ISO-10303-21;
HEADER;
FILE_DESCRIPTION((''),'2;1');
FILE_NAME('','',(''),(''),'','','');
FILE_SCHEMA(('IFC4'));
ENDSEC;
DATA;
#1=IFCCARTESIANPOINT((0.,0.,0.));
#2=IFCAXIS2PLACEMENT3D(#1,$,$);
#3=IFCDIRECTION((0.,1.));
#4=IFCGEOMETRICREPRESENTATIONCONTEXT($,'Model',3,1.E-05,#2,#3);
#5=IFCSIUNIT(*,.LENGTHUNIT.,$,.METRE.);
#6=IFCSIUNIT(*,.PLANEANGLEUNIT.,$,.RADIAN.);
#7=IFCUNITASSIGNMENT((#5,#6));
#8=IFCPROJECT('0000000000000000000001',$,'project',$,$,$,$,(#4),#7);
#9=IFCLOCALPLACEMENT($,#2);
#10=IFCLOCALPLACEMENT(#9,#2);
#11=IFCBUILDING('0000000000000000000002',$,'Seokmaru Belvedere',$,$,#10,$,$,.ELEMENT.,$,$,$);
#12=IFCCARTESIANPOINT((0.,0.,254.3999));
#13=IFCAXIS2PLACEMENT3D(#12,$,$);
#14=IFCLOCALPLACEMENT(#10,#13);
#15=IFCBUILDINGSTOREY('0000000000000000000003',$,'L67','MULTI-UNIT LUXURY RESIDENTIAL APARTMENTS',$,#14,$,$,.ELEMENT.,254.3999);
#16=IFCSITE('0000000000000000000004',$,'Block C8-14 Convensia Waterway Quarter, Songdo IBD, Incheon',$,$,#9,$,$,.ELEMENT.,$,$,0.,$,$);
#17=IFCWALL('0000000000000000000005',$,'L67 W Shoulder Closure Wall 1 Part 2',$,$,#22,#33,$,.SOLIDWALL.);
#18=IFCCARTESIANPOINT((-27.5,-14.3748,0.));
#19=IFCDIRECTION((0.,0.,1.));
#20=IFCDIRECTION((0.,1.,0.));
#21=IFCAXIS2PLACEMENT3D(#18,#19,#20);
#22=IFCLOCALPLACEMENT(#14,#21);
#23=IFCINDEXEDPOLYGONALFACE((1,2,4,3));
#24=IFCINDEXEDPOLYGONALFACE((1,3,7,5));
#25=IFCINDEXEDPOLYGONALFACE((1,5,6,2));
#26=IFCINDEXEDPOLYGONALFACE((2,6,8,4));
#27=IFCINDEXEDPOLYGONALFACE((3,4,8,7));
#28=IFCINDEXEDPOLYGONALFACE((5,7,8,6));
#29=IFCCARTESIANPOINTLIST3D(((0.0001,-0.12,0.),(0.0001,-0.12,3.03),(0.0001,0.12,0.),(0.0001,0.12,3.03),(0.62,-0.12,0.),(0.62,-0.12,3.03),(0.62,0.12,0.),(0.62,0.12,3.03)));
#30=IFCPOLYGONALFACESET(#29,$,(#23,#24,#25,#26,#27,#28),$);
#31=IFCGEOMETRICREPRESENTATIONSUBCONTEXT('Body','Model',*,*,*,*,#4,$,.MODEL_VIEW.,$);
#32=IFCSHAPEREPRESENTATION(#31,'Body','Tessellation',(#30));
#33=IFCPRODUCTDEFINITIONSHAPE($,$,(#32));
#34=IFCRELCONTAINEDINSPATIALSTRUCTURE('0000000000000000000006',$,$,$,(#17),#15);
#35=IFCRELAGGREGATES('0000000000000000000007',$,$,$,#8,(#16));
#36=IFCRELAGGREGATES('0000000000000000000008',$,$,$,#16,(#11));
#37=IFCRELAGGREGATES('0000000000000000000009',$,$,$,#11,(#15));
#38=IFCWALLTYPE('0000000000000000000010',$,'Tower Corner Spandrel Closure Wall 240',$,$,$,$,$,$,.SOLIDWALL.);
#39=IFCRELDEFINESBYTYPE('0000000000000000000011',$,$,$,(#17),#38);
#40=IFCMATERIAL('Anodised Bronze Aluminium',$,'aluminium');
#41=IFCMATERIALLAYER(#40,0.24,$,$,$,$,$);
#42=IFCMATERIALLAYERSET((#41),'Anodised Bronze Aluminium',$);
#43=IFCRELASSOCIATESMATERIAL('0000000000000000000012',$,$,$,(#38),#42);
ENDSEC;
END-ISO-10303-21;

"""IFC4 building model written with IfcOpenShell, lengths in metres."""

from ifc_helpers import new_model, si_unit, direction, frame, frame_2d, origin, place, context, subcontext, project, spatial, rectangle, extrude, material, layer, layer_set, type_object, element, save


model = new_model("IFC4")

# Units and contexts
model_context = context("Model", 3, precision=1e-05, world=origin(), true_north=direction((0.0, 1.0)))
body_context = subcontext(model_context, "Body", "Model", "MODEL_VIEW")
ifc_project = project(units=[si_unit("LENGTHUNIT", "METRE"), si_unit("PLANEANGLEUNIT", "RADIAN")], contexts=[model_context])

# Site, building, storey
site_placement = place(None, origin())
site = spatial("IfcSite", under=ifc_project, at=site_placement, Name="Block C8-14 Convensia Waterway Quarter, Songdo IBD, Incheon", CompositionType="ELEMENT", RefElevation=0.0)
building_placement = place(site_placement, origin())
building = spatial("IfcBuilding", under=site, at=building_placement, Name="Seokmaru Belvedere", CompositionType="ELEMENT")
storey_placement = place(building_placement, frame((0.0, 0.0, 254.3999)))
storey = spatial("IfcBuildingStorey", under=building, at=storey_placement, Name="L67", Description="MULTI-UNIT LUXURY RESIDENTIAL APARTMENTS", CompositionType="ELEMENT", Elevation=254.3999)

# Shared definitions
ifc_material_1 = material(Name="Anodised Bronze Aluminium", Category="aluminium")

# Wall
ifc_layer_1 = layer(ifc_material_1, 0.24)
ifc_layer_set_1 = layer_set([ifc_layer_1], Name="Anodised Bronze Aluminium")
wall_type_1 = type_object("IfcWallType", Name="Tower Corner Spandrel Closure Wall 240", PredefinedType="SOLIDWALL", material=ifc_layer_set_1)
wall_1_placement = place(storey_placement, frame((-27.5, -14.3748, 0.0), z_axis=(0.0, 0.0, 1.0), x_axis=(0.0, 1.0, 0.0)))
element("IfcWall", 1, at=wall_1_placement, inside=storey, type_object=wall_type_1, Name="L67 W Shoulder Closure Wall 1 Part 2", PredefinedType="SOLIDWALL", context=body_context, shape_type="SweptSolid", body=[
    extrude(rectangle(XDim=0.6199, YDim=0.24, at=frame_2d((0.3101, 0.0))), origin(), (0.0, 0.0, 1.0), 3.03),
])

save(model, "model.ifc")
